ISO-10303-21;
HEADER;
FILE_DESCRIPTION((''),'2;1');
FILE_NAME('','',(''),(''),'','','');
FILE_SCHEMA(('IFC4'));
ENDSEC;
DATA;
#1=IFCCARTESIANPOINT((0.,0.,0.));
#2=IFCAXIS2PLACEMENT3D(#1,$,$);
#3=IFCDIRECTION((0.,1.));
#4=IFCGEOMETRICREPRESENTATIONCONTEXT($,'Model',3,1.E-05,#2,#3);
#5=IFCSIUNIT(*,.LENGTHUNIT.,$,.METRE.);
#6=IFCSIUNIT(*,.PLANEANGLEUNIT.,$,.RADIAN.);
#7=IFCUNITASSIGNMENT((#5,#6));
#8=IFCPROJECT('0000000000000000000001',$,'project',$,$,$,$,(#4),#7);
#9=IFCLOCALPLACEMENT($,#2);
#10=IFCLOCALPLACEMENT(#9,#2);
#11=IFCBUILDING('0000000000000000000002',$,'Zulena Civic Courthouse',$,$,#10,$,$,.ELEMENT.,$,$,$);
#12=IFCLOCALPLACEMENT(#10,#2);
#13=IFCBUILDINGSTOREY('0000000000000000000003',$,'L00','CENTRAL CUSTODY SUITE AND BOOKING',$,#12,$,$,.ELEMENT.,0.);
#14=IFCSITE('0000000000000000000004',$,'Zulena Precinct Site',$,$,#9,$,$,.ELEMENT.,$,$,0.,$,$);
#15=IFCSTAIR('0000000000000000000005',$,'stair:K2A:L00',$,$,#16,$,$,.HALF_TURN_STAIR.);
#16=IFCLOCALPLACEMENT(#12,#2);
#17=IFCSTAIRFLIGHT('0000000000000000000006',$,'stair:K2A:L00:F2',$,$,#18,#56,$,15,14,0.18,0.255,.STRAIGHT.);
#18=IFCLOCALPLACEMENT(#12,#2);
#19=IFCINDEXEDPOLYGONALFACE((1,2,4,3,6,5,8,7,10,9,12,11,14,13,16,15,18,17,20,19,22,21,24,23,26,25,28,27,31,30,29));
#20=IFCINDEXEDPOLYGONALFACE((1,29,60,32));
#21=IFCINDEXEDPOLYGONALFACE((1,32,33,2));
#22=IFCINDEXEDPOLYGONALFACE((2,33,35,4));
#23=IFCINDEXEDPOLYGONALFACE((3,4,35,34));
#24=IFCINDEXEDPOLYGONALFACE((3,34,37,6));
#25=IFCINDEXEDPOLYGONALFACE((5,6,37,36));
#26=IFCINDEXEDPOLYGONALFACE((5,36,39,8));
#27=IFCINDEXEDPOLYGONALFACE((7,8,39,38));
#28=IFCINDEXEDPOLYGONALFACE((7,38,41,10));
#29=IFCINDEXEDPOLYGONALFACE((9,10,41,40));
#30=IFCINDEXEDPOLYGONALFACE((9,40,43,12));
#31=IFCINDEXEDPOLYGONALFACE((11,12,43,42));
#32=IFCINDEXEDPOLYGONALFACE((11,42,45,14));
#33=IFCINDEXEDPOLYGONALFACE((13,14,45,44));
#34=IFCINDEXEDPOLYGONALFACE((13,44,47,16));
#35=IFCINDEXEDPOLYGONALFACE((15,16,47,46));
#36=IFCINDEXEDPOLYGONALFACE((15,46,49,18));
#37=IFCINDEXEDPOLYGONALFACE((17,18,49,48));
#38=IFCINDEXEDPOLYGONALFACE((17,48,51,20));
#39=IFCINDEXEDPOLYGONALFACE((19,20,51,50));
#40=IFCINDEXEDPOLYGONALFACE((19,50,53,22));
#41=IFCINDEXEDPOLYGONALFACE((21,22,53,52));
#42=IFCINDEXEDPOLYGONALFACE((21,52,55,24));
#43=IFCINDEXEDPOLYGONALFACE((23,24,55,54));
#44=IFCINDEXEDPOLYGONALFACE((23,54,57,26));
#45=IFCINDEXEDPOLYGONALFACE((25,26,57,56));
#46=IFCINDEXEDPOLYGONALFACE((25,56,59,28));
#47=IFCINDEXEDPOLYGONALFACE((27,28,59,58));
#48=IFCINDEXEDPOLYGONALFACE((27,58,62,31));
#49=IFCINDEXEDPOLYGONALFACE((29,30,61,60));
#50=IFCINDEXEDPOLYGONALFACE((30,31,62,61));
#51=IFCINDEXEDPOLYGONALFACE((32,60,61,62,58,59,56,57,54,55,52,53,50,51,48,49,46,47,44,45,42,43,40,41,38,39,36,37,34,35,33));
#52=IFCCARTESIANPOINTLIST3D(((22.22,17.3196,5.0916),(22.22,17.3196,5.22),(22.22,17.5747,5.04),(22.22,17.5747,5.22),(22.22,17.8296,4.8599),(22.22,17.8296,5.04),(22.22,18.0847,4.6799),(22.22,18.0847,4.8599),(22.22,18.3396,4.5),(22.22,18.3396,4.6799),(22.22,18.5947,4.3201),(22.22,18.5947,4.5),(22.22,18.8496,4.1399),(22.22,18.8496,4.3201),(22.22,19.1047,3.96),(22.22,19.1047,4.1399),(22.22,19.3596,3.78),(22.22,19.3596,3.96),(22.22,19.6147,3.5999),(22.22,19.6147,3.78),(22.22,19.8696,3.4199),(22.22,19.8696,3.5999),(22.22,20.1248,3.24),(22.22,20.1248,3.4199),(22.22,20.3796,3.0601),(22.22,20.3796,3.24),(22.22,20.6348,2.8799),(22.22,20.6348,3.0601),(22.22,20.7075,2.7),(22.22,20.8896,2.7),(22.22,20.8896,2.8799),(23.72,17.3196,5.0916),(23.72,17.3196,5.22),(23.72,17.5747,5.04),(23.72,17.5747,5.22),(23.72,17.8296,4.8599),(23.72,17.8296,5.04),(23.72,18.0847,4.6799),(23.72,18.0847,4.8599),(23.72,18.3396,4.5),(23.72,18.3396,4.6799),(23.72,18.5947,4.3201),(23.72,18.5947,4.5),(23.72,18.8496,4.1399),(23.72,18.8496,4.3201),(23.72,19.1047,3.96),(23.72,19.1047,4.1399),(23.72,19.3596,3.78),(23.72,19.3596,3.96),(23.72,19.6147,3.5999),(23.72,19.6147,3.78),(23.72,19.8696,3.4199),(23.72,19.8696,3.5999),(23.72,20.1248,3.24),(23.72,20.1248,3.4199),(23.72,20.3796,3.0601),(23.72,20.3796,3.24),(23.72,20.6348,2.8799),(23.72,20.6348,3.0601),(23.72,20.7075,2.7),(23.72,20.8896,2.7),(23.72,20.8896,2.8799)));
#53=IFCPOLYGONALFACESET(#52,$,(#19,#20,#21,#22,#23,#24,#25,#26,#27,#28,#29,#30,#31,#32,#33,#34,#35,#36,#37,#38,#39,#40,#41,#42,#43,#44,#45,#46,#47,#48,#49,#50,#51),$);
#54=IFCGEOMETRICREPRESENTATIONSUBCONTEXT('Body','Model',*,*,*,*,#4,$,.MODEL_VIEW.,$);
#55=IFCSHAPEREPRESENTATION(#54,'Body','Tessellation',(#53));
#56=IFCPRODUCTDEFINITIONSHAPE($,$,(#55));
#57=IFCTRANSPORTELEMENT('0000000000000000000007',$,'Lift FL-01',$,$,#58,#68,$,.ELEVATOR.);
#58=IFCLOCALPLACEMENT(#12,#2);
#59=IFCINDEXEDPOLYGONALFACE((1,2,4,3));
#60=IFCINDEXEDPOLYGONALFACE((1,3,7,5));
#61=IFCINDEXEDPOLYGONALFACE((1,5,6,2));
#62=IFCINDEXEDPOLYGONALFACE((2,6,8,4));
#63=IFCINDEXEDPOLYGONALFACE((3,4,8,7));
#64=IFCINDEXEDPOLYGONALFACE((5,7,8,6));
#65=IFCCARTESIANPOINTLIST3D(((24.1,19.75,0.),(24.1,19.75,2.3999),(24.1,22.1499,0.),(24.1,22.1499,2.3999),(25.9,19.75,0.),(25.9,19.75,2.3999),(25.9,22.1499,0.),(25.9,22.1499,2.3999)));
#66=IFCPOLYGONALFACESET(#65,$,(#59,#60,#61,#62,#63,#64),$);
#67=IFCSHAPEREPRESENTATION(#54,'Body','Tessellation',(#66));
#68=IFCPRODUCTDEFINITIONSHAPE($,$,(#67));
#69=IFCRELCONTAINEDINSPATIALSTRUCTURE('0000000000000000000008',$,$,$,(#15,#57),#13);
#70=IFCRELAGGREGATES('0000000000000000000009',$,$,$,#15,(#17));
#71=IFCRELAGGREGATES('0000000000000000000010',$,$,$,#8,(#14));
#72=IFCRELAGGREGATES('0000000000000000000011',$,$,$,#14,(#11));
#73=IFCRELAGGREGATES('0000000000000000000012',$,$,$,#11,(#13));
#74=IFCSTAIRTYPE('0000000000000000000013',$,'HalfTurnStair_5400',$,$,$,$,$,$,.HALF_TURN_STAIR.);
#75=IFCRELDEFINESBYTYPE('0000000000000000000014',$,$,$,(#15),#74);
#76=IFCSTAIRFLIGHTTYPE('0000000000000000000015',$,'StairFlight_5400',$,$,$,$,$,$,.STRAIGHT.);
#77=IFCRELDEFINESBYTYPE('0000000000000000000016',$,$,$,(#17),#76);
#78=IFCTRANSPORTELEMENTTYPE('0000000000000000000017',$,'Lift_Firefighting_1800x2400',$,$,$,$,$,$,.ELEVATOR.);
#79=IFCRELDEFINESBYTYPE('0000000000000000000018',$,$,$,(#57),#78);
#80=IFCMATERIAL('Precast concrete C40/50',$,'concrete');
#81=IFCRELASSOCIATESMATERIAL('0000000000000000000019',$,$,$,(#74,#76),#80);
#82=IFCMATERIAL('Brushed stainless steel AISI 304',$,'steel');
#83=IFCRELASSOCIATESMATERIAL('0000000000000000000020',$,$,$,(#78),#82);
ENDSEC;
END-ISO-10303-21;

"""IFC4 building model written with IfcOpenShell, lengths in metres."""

from ifc_helpers import new_model, si_unit, direction, frame, origin, origin_2d, place, context, subcontext, project, spatial, polyline, rectangle, outline, extrude, material, type_object, element, aggregate, save


model = new_model("IFC4")

# Units and contexts
model_context = context("Model", 3, precision=1e-05, world=origin(), true_north=direction((0.0, 1.0)))
body_context = subcontext(model_context, "Body", "Model", "MODEL_VIEW")
ifc_project = project(units=[si_unit("LENGTHUNIT", "METRE"), si_unit("PLANEANGLEUNIT", "RADIAN")], contexts=[model_context])

# Site, building, storey
site_placement = place(None, origin())
site = spatial("IfcSite", under=ifc_project, at=site_placement, Name="Zulena Precinct Site", CompositionType="ELEMENT", RefElevation=0.0)
building_placement = place(site_placement, origin())
building = spatial("IfcBuilding", under=site, at=building_placement, Name="Zulena Civic Courthouse", CompositionType="ELEMENT")
storey_placement = place(building_placement, origin())
storey = spatial("IfcBuildingStorey", under=building, at=storey_placement, Name="L00", Description="CENTRAL CUSTODY SUITE AND BOOKING", CompositionType="ELEMENT", Elevation=0.0)

# Stair, stair flight
ifc_material_1 = material(Name="Precast concrete C40/50", Category="concrete")
stair_type = type_object("IfcStairType", Name="HalfTurnStair_5400", PredefinedType="HALF_TURN_STAIR", material=ifc_material_1)
stair_placement = place(storey_placement, origin())
stair = element("IfcStair", 1, at=stair_placement, inside=storey, type_object=stair_type, Name="stair:K2A:L00", PredefinedType="HALF_TURN_STAIR")
stair_flight_type = type_object("IfcStairFlightType", Name="StairFlight_5400", PredefinedType="STRAIGHT", material=ifc_material_1)
stair_flight_placement = place(storey_placement, frame((22.97, 20.8896, 2.7), z_axis=(0.0, 0.0, 1.0), x_axis=(0.0, -1.0, 0.0)))
stair_flight = element("IfcStairFlight", 2, at=stair_flight_placement, type_object=stair_flight_type, Name="stair:K2A:L00:F2", NumberOfRisers=15, NumberOfTreads=14, PredefinedType="STRAIGHT", RiserHeight=0.18, TreadLength=0.255, context=body_context, shape_type="SweptSolid", body=[
    extrude(outline(polyline([(0.0, 0.0), (0.0, 0.1799), (0.2549, 0.1799), (0.2549, 0.3601), (0.51, 0.3601), (0.51, 0.54), (0.7649, 0.54), (0.7649, 0.72), (1.02, 0.72), (1.02, 0.8999), (1.2749, 0.8999), (1.2749, 1.0801), (1.53, 1.0801), (1.53, 1.26), (1.7849, 1.26), (1.7849, 1.4399), (2.04, 1.4399), (2.04, 1.6201), (2.2949, 1.6201), (2.2949, 1.8), (2.55, 1.8), (2.55, 1.98), (2.8049, 1.98), (2.8049, 2.1599), (3.0601, 2.1599), (3.0601, 2.3401), (3.3149, 2.3401), (3.3149, 2.52), (3.5701, 2.52), (3.5701, 2.7), (3.5701, 2.3916), (0.1821, 0.0), (0.0, 0.0)])), frame((0.0, 0.75, 0.0), z_axis=(0.0, -1.0, 0.0), x_axis=(1.0, 0.0, 0.0)), (0.0, 0.0, 1.0), 1.5),
])
aggregate(stair, [stair_flight])

# Transport element
ifc_material_2 = material(Name="Brushed stainless steel AISI 304", Category="steel")
transport_element_type = type_object("IfcTransportElementType", Name="Lift_Firefighting_1800x2400", PredefinedType="ELEVATOR", material=ifc_material_2)
transport_element_placement = place(storey_placement, frame((25.0, 20.95, 0.0), z_axis=(0.0, 0.0, 1.0), x_axis=(1.0, 0.0, 0.0)))
element("IfcTransportElement", 3, at=transport_element_placement, inside=storey, type_object=transport_element_type, Name="Lift FL-01", PredefinedType="ELEVATOR", context=body_context, shape_type="SweptSolid", body=[
    extrude(rectangle(XDim=1.8, YDim=2.3999, at=origin_2d()), origin(), (0.0, 0.0, 1.0), 2.3999),
])

save(model, "model.ifc")
